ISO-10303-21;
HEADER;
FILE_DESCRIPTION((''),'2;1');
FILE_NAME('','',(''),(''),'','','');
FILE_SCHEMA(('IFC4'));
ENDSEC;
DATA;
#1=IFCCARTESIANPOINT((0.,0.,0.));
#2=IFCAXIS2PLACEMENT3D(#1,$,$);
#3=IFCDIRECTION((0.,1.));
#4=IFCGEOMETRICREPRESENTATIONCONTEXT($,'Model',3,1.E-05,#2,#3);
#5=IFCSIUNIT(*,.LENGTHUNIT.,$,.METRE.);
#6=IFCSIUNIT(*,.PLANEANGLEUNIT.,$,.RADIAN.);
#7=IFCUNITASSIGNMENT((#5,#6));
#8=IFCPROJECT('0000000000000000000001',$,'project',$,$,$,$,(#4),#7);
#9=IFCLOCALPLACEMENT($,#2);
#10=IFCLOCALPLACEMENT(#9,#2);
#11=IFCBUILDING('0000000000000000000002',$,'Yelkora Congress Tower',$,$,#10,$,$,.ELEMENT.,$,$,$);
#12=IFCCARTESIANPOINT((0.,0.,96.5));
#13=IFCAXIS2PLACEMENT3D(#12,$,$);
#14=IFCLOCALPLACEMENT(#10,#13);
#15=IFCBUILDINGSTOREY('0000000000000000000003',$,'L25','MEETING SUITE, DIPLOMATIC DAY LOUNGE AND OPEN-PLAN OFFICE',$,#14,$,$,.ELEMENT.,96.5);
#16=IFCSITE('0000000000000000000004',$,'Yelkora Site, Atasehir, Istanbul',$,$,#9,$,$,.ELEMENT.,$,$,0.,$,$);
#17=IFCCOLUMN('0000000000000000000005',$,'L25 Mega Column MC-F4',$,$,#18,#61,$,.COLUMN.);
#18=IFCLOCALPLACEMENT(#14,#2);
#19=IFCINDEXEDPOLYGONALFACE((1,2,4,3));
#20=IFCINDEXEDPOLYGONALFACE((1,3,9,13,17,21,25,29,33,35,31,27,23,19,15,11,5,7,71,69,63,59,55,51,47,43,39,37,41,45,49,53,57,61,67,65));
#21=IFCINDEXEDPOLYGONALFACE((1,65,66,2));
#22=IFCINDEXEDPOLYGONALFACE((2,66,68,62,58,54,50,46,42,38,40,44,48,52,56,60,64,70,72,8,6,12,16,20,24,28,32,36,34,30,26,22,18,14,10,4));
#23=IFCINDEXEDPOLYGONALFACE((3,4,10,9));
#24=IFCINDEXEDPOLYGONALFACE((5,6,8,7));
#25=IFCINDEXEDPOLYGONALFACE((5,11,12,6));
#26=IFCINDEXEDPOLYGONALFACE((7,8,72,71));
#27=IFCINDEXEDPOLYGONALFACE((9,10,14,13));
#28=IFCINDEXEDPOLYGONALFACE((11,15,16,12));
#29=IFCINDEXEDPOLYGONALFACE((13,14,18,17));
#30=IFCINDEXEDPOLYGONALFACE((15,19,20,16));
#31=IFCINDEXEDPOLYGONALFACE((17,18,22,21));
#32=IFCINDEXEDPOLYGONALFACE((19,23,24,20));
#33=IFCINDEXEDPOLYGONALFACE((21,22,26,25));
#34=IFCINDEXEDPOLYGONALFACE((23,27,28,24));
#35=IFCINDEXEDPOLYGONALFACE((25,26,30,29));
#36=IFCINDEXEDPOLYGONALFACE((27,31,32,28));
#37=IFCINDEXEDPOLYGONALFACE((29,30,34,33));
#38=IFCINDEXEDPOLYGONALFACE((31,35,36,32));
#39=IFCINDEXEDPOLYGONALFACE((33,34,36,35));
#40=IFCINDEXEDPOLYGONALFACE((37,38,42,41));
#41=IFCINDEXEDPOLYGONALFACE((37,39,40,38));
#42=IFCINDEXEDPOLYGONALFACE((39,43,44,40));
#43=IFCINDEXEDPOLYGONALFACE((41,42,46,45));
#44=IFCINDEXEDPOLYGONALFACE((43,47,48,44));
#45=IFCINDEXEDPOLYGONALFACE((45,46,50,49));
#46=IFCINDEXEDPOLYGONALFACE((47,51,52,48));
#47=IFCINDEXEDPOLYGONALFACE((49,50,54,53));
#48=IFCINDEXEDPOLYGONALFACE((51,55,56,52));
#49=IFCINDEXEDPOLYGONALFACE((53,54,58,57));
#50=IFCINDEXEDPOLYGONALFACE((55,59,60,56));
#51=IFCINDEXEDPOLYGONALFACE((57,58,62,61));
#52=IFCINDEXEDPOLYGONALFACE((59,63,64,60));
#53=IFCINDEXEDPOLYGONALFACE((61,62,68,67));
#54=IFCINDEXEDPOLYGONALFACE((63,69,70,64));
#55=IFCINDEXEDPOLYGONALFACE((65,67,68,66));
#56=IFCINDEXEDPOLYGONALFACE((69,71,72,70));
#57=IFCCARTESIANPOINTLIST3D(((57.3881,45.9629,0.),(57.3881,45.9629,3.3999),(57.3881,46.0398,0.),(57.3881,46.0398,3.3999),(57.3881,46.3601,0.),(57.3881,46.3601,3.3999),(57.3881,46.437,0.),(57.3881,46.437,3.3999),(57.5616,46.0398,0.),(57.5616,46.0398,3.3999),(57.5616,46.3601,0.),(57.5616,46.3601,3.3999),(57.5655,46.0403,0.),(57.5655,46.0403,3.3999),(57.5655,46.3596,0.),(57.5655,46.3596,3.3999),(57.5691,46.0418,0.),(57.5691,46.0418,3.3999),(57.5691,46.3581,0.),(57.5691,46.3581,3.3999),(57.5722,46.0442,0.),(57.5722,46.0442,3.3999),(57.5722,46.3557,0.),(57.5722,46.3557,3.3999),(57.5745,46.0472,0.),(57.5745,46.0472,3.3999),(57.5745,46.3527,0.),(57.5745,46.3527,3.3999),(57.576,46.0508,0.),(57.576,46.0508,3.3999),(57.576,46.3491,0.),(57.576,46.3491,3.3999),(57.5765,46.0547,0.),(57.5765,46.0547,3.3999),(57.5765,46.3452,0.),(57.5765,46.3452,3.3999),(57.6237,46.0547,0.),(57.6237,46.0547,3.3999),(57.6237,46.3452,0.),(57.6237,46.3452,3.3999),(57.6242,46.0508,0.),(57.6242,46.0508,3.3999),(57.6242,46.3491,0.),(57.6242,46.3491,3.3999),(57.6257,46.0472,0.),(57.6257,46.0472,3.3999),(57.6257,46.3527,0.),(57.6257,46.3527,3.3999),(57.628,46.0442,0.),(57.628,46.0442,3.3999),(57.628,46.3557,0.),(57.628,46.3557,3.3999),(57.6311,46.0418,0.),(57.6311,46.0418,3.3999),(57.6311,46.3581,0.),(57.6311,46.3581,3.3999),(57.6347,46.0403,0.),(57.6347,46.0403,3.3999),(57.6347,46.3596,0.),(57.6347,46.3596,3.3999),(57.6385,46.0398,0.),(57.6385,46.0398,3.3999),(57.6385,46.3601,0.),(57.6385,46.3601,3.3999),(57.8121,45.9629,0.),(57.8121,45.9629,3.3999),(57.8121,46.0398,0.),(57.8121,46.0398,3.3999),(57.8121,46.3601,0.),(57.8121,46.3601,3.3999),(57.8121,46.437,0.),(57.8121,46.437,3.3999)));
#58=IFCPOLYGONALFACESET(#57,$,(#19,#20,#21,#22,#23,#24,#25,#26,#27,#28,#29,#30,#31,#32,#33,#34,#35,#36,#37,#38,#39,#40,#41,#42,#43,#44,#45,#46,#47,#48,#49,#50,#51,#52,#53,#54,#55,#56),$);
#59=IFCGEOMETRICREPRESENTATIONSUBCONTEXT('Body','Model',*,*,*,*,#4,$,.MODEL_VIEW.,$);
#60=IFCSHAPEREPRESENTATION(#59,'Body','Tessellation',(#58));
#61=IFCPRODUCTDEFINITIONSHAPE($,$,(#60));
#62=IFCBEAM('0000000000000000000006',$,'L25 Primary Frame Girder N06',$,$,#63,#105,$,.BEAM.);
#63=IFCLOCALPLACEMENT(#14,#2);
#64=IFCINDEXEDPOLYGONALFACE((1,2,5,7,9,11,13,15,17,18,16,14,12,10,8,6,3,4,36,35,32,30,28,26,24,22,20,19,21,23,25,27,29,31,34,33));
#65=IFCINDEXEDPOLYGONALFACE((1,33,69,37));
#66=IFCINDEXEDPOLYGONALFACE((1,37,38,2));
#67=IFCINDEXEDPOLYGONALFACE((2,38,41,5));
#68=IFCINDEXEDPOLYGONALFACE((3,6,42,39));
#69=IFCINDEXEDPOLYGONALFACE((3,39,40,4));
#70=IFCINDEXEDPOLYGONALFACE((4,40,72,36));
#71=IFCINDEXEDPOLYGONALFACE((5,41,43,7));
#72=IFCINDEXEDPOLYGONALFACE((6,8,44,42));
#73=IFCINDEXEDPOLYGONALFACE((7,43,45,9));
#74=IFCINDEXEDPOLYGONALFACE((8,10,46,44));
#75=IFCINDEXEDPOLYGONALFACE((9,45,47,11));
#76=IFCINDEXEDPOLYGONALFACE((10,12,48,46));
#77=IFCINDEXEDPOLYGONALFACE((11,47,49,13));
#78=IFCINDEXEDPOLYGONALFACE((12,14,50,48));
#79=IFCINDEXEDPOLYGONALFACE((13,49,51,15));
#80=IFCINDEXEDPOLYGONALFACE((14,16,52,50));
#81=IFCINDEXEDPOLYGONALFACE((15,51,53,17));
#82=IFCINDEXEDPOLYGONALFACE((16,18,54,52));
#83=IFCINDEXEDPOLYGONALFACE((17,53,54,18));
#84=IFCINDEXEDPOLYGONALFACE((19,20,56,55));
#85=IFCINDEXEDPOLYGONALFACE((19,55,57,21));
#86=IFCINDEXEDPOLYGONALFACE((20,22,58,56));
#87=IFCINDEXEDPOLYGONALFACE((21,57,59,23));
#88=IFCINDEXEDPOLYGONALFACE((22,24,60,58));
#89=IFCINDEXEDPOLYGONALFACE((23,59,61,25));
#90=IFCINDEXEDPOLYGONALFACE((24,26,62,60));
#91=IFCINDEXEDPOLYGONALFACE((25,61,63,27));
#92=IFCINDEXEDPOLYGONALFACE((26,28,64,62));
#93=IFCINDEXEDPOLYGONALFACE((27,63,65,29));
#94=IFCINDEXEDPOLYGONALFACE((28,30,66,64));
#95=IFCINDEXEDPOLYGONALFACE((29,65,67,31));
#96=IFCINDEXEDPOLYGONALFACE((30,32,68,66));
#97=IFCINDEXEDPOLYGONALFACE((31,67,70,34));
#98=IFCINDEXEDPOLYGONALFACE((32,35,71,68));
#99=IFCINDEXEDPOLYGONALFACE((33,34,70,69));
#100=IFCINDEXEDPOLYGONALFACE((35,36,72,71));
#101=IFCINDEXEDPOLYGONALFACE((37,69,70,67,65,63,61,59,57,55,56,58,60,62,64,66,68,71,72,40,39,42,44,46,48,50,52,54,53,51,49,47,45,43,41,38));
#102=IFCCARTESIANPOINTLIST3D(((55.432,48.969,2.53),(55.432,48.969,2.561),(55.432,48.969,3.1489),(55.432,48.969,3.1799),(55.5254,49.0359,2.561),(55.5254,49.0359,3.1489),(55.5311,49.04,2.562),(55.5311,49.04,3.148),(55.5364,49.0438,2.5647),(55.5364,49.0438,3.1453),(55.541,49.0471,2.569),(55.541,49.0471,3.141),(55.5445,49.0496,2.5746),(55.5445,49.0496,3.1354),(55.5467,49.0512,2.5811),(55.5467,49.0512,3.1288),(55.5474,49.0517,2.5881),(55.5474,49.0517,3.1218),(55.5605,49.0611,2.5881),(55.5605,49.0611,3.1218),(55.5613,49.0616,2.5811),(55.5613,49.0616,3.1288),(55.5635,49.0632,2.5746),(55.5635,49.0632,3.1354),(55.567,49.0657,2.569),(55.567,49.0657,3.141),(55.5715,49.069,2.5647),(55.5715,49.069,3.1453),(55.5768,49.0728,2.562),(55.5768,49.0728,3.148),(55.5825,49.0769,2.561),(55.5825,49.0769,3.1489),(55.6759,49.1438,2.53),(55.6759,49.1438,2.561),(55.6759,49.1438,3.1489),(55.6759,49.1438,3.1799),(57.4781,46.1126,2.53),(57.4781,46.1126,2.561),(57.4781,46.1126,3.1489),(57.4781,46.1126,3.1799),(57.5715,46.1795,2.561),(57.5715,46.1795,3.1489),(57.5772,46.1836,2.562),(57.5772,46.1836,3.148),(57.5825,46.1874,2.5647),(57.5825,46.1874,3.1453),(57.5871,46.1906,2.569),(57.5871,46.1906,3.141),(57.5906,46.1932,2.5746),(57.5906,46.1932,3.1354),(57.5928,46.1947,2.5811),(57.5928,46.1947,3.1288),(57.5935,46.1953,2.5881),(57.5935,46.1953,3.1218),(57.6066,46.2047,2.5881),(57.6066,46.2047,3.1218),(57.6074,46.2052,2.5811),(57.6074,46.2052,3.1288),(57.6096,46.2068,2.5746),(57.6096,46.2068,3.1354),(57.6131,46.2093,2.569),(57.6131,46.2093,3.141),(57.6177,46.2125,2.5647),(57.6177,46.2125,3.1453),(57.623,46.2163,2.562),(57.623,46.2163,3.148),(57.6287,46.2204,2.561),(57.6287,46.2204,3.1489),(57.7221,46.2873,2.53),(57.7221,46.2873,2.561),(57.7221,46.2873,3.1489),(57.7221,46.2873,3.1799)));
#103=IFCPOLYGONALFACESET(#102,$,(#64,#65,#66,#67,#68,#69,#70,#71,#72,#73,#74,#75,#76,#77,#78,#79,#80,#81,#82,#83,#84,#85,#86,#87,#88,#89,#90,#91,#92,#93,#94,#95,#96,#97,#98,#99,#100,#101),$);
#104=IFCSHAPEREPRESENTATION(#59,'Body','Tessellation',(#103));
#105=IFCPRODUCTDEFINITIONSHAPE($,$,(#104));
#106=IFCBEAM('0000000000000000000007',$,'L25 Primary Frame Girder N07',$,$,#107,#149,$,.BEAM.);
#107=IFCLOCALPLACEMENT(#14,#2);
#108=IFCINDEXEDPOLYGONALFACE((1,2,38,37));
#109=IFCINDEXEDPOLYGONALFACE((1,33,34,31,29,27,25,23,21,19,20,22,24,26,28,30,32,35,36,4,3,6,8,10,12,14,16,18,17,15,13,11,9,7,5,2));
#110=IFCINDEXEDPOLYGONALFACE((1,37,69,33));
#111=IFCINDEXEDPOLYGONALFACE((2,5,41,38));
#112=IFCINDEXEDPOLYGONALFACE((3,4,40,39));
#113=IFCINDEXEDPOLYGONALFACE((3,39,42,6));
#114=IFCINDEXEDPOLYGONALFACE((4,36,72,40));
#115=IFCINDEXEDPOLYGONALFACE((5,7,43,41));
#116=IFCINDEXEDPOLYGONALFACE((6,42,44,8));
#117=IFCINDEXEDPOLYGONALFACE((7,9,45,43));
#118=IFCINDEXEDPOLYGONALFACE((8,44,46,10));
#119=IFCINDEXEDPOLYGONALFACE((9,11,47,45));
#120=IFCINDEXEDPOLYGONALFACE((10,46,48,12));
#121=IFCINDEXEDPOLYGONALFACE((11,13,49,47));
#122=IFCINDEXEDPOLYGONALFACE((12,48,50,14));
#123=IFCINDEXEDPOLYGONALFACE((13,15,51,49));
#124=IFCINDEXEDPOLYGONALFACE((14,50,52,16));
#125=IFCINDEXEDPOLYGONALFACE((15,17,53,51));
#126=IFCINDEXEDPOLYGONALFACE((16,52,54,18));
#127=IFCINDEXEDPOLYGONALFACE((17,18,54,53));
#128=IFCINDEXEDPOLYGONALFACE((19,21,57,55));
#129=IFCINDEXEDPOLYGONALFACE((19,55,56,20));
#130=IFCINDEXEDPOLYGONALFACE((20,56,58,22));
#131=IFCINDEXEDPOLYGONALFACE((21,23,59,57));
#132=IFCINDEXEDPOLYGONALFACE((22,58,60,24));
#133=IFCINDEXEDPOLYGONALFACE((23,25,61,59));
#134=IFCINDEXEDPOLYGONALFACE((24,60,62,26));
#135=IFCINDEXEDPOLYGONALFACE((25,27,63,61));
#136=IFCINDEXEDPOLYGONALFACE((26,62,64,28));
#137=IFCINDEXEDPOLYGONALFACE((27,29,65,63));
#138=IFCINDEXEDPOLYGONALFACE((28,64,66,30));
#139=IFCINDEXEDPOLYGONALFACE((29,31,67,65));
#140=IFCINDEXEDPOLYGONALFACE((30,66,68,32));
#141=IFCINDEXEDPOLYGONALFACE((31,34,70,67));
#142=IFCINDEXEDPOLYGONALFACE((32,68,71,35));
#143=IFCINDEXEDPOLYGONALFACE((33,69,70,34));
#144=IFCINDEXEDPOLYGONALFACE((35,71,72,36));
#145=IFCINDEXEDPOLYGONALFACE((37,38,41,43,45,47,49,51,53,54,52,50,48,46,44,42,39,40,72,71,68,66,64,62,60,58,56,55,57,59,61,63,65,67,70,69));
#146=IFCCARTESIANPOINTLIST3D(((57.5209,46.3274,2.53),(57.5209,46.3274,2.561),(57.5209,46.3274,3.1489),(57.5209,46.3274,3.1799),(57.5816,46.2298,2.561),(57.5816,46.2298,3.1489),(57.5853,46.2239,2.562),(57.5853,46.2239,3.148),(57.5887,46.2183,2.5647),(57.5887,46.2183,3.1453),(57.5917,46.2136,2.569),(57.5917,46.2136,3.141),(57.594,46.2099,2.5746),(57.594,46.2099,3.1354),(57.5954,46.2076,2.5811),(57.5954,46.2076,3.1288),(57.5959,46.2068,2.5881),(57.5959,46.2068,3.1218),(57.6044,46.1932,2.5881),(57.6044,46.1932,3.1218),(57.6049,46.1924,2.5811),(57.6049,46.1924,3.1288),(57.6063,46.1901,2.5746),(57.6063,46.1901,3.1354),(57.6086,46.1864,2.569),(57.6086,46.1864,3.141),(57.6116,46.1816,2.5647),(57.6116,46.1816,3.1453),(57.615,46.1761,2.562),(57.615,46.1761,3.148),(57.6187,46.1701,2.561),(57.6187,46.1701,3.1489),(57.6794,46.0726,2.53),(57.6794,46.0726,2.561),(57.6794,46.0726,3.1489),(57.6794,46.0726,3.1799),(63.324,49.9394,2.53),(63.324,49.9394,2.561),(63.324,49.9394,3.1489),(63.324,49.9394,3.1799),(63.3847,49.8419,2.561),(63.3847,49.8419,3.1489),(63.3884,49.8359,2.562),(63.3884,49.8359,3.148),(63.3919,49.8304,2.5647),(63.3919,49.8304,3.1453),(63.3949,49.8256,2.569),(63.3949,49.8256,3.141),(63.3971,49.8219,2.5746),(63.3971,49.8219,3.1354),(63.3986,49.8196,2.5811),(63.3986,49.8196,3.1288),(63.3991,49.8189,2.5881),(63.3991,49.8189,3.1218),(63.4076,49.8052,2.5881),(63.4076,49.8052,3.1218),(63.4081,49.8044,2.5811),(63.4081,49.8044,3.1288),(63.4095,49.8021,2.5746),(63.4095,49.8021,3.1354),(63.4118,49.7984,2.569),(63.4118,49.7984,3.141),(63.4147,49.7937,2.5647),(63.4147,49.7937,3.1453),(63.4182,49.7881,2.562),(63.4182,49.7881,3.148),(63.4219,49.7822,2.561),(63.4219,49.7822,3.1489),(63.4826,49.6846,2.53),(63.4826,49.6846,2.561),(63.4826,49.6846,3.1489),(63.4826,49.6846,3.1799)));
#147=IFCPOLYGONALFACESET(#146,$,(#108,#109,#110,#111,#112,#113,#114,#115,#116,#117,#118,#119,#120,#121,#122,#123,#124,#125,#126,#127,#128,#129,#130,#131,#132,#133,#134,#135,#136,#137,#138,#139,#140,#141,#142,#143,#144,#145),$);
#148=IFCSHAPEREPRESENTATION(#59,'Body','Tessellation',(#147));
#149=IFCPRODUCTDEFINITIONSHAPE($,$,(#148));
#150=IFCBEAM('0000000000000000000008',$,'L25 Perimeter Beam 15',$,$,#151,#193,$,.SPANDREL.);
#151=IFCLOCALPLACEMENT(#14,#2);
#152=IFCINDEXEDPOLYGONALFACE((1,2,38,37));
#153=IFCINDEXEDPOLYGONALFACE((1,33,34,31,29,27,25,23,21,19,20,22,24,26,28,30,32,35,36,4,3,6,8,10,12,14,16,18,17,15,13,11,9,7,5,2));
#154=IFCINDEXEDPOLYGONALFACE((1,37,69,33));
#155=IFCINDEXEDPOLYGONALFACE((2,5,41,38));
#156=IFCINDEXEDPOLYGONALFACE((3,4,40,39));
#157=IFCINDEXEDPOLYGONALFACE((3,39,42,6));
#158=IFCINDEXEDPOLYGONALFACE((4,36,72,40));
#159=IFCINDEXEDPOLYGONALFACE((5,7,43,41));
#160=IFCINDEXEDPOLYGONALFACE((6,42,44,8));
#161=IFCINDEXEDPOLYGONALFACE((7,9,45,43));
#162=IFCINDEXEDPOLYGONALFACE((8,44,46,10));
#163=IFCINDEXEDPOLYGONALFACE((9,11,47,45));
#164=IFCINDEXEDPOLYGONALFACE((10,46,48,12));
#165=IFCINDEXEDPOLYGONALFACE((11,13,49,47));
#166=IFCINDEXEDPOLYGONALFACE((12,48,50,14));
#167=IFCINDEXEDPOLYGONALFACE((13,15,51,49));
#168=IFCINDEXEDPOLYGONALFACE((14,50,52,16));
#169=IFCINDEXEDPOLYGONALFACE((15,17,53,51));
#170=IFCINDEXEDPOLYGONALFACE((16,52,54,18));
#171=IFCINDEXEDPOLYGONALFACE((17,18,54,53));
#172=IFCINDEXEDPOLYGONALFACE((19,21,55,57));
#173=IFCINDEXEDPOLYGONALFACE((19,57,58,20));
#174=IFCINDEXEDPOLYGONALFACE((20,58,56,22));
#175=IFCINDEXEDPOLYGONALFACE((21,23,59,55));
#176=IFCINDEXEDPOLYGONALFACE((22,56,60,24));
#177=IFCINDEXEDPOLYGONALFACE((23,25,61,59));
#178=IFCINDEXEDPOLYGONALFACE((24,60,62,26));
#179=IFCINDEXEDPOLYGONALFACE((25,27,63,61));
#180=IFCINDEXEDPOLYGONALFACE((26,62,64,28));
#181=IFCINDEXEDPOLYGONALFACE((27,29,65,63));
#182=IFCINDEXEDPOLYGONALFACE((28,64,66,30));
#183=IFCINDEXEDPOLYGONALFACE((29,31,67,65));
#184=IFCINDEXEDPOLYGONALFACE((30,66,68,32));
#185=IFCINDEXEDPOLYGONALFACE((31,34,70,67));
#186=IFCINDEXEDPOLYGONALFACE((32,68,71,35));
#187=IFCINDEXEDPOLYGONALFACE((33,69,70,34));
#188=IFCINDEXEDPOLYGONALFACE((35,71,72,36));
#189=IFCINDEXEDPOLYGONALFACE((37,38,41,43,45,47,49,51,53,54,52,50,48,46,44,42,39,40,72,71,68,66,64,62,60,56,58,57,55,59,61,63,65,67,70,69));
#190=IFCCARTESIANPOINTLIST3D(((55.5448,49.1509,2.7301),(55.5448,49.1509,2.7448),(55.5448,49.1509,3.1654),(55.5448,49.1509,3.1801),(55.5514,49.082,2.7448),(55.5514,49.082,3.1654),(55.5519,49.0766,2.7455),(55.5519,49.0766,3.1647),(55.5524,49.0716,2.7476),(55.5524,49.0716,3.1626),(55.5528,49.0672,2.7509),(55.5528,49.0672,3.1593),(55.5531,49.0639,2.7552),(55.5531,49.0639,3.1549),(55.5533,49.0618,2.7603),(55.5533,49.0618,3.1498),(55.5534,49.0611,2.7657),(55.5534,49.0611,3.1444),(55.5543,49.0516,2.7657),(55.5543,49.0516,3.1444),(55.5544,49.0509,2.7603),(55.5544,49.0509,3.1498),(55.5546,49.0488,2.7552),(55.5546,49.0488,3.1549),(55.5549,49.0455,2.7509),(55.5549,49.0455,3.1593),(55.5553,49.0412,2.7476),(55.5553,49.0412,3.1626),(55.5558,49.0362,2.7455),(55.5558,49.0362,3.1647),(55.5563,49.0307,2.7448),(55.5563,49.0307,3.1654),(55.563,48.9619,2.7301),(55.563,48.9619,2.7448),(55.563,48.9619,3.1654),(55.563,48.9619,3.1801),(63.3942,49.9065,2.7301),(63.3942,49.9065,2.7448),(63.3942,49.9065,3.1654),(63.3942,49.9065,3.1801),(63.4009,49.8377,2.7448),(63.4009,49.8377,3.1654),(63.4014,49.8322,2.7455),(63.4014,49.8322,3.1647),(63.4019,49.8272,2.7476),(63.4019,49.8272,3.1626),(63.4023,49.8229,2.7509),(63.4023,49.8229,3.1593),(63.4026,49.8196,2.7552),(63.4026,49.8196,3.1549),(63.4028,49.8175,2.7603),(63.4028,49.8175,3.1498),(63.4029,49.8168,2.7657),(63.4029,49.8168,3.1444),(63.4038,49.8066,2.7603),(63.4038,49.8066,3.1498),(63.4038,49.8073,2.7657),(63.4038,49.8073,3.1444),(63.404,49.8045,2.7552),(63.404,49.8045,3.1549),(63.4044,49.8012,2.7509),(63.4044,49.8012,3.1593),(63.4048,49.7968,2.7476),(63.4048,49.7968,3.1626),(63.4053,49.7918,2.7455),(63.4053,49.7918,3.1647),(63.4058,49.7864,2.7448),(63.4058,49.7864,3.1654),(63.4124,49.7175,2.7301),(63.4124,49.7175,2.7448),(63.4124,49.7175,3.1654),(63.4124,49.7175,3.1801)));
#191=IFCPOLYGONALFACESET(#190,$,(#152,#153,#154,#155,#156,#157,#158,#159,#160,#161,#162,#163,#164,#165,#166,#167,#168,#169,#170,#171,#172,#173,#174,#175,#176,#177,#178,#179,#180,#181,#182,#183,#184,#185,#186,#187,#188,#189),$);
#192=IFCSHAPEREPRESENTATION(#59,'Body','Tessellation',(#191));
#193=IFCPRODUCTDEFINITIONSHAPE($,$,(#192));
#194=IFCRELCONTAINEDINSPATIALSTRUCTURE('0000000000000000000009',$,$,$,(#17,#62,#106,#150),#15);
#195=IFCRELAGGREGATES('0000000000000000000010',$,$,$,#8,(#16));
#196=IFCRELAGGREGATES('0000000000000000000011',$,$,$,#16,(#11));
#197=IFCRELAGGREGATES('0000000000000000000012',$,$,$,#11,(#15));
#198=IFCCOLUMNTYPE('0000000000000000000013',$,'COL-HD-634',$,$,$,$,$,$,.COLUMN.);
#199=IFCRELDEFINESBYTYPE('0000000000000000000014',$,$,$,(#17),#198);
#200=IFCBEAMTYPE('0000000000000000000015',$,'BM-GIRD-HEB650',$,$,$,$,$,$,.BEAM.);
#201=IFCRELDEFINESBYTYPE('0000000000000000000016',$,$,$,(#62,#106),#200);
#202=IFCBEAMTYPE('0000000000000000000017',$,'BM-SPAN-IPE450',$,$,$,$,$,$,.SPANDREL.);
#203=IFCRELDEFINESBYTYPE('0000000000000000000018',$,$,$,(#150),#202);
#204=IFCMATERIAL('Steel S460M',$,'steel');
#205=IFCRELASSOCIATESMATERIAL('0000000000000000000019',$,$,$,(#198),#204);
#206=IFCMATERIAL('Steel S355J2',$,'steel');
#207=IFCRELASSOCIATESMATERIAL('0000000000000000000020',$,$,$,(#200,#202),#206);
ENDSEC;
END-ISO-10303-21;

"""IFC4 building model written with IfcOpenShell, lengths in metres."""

from ifc_helpers import new_model, si_unit, direction, frame, origin, origin_2d, place, context, subcontext, project, spatial, i_section, extrude, material, material_profile, profile_set, type_object, element, save


model = new_model("IFC4")

# Units and contexts
model_context = context("Model", 3, precision=1e-05, world=origin(), true_north=direction((0.0, 1.0)))
body_context = subcontext(model_context, "Body", "Model", "MODEL_VIEW")
ifc_project = project(units=[si_unit("LENGTHUNIT", "METRE"), si_unit("PLANEANGLEUNIT", "RADIAN")], contexts=[model_context])

# Site, building, storey
site_placement = place(None, origin())
site = spatial("IfcSite", under=ifc_project, at=site_placement, Name="Yelkora Site, Atasehir, Istanbul", CompositionType="ELEMENT", RefElevation=0.0)
building_placement = place(site_placement, origin())
building = spatial("IfcBuilding", under=site, at=building_placement, Name="Yelkora Congress Tower", CompositionType="ELEMENT")
storey_placement = place(building_placement, frame((0.0, 0.0, 96.5)))
storey = spatial("IfcBuildingStorey", under=building, at=storey_placement, Name="L25", Description="MEETING SUITE, DIPLOMATIC DAY LOUNGE AND OPEN-PLAN OFFICE", CompositionType="ELEMENT", Elevation=96.5)

# Column
ifc_material_1 = material(Name="Steel S460M", Category="steel")
ifc_material_profile_1 = material_profile(ifc_material_1, i_section(OverallWidth=0.4241, OverallDepth=0.4741, WebThickness=0.0471, FlangeThickness=0.0769, FilletRadius=0.0149, at=origin_2d()), Name="HD 400x634")
ifc_profile_set_1 = profile_set([ifc_material_profile_1], Name="Steel S460M")
column_type_1 = type_object("IfcColumnType", Name="COL-HD-634", PredefinedType="COLUMN", material=ifc_profile_set_1)
for number, where, z_axis, x_axis, name in (
    (1, (57.6001, 46.2, 0.0), (0.0, 0.0, 1.0), (1.0, 0.0, 0.0), "L25 Mega Column MC-F4"),
):
    element("IfcColumn", number, at=place(storey_placement, frame(where, z_axis=z_axis, x_axis=x_axis)), inside=storey, type_object=column_type_1, Name=name, PredefinedType="COLUMN", context=body_context, shape_type="SweptSolid", body=[
        extrude(i_section(OverallWidth=0.4241, OverallDepth=0.4741, WebThickness=0.0471, FlangeThickness=0.0769, FilletRadius=0.0149, at=origin_2d()), origin(), (0.0, 0.0, 1.0), 3.3999),
    ])

# Beams
ifc_material_2 = material(Name="Steel S355J2", Category="steel")
ifc_material_profile_2 = material_profile(ifc_material_2, i_section(OverallWidth=0.3, OverallDepth=0.6499, WebThickness=0.0161, FlangeThickness=0.031, FilletRadius=0.0271, at=origin_2d()), Name="HEB 650")
ifc_profile_set_2 = profile_set([ifc_material_profile_2], Name="Steel S355J2")
beam_type_1 = type_object("IfcBeamType", Name="BM-GIRD-HEB650", PredefinedType="BEAM", material=ifc_profile_set_2)
beam_1_placement = place(storey_placement, frame((55.554, 49.0564, 2.855), z_axis=(0.582335, -0.812949, 0.0), x_axis=(0.812949, 0.582335, 0.0)))
element("IfcBeam", 2, at=beam_1_placement, inside=storey, type_object=beam_type_1, Name="L25 Primary Frame Girder N06", PredefinedType="BEAM", context=body_context, shape_type="SweptSolid", body=[
    extrude(i_section(OverallWidth=0.3, OverallDepth=0.6499, WebThickness=0.0161, FlangeThickness=0.031, FilletRadius=0.0271, at=origin_2d()), origin(), (0.0, 0.0, 1.0), 3.5137),
])
beam_2_placement = place(storey_placement, frame((63.4033, 49.812, 2.855), z_axis=(-0.84898, -0.528425, 0.0), x_axis=(0.528425, -0.84898, 0.0)))
element("IfcBeam", 3, at=beam_2_placement, inside=storey, type_object=beam_type_1, Name="L25 Primary Frame Girder N07", PredefinedType="BEAM", context=body_context, shape_type="SweptSolid", body=[
    extrude(i_section(OverallWidth=0.3, OverallDepth=0.6499, WebThickness=0.0161, FlangeThickness=0.031, FilletRadius=0.0271, at=origin_2d()), origin(), (0.0, 0.0, 1.0), 6.8354),
])
ifc_material_profile_3 = material_profile(ifc_material_2, i_section(OverallWidth=0.1899, OverallDepth=0.45, WebThickness=0.0095, FlangeThickness=0.0146, FilletRadius=0.021, at=origin_2d()), Name="IPE 450")
ifc_profile_set_3 = profile_set([ifc_material_profile_3], Name="Steel S355J2")
beam_type_2 = type_object("IfcBeamType", Name="BM-SPAN-IPE450", PredefinedType="SPANDREL", material=ifc_profile_set_3)
for number, where, z_axis, x_axis, name in (
    (4, (63.4033, 49.812, 2.9551), (-0.995399, -0.095822, 0.0), (0.095822, -0.995399, 0.0), "L25 Perimeter Beam 15"),
):
    element("IfcBeam", number, at=place(storey_placement, frame(where, z_axis=z_axis, x_axis=x_axis)), inside=storey, type_object=beam_type_2, Name=name, PredefinedType="SPANDREL", context=body_context, shape_type="SweptSolid", body=[
        extrude(i_section(OverallWidth=0.1899, OverallDepth=0.45, WebThickness=0.0095, FlangeThickness=0.0146, FilletRadius=0.021, at=origin_2d()), origin(), (0.0, 0.0, 1.0), 7.8857),
    ])

save(model, "model.ifc")
